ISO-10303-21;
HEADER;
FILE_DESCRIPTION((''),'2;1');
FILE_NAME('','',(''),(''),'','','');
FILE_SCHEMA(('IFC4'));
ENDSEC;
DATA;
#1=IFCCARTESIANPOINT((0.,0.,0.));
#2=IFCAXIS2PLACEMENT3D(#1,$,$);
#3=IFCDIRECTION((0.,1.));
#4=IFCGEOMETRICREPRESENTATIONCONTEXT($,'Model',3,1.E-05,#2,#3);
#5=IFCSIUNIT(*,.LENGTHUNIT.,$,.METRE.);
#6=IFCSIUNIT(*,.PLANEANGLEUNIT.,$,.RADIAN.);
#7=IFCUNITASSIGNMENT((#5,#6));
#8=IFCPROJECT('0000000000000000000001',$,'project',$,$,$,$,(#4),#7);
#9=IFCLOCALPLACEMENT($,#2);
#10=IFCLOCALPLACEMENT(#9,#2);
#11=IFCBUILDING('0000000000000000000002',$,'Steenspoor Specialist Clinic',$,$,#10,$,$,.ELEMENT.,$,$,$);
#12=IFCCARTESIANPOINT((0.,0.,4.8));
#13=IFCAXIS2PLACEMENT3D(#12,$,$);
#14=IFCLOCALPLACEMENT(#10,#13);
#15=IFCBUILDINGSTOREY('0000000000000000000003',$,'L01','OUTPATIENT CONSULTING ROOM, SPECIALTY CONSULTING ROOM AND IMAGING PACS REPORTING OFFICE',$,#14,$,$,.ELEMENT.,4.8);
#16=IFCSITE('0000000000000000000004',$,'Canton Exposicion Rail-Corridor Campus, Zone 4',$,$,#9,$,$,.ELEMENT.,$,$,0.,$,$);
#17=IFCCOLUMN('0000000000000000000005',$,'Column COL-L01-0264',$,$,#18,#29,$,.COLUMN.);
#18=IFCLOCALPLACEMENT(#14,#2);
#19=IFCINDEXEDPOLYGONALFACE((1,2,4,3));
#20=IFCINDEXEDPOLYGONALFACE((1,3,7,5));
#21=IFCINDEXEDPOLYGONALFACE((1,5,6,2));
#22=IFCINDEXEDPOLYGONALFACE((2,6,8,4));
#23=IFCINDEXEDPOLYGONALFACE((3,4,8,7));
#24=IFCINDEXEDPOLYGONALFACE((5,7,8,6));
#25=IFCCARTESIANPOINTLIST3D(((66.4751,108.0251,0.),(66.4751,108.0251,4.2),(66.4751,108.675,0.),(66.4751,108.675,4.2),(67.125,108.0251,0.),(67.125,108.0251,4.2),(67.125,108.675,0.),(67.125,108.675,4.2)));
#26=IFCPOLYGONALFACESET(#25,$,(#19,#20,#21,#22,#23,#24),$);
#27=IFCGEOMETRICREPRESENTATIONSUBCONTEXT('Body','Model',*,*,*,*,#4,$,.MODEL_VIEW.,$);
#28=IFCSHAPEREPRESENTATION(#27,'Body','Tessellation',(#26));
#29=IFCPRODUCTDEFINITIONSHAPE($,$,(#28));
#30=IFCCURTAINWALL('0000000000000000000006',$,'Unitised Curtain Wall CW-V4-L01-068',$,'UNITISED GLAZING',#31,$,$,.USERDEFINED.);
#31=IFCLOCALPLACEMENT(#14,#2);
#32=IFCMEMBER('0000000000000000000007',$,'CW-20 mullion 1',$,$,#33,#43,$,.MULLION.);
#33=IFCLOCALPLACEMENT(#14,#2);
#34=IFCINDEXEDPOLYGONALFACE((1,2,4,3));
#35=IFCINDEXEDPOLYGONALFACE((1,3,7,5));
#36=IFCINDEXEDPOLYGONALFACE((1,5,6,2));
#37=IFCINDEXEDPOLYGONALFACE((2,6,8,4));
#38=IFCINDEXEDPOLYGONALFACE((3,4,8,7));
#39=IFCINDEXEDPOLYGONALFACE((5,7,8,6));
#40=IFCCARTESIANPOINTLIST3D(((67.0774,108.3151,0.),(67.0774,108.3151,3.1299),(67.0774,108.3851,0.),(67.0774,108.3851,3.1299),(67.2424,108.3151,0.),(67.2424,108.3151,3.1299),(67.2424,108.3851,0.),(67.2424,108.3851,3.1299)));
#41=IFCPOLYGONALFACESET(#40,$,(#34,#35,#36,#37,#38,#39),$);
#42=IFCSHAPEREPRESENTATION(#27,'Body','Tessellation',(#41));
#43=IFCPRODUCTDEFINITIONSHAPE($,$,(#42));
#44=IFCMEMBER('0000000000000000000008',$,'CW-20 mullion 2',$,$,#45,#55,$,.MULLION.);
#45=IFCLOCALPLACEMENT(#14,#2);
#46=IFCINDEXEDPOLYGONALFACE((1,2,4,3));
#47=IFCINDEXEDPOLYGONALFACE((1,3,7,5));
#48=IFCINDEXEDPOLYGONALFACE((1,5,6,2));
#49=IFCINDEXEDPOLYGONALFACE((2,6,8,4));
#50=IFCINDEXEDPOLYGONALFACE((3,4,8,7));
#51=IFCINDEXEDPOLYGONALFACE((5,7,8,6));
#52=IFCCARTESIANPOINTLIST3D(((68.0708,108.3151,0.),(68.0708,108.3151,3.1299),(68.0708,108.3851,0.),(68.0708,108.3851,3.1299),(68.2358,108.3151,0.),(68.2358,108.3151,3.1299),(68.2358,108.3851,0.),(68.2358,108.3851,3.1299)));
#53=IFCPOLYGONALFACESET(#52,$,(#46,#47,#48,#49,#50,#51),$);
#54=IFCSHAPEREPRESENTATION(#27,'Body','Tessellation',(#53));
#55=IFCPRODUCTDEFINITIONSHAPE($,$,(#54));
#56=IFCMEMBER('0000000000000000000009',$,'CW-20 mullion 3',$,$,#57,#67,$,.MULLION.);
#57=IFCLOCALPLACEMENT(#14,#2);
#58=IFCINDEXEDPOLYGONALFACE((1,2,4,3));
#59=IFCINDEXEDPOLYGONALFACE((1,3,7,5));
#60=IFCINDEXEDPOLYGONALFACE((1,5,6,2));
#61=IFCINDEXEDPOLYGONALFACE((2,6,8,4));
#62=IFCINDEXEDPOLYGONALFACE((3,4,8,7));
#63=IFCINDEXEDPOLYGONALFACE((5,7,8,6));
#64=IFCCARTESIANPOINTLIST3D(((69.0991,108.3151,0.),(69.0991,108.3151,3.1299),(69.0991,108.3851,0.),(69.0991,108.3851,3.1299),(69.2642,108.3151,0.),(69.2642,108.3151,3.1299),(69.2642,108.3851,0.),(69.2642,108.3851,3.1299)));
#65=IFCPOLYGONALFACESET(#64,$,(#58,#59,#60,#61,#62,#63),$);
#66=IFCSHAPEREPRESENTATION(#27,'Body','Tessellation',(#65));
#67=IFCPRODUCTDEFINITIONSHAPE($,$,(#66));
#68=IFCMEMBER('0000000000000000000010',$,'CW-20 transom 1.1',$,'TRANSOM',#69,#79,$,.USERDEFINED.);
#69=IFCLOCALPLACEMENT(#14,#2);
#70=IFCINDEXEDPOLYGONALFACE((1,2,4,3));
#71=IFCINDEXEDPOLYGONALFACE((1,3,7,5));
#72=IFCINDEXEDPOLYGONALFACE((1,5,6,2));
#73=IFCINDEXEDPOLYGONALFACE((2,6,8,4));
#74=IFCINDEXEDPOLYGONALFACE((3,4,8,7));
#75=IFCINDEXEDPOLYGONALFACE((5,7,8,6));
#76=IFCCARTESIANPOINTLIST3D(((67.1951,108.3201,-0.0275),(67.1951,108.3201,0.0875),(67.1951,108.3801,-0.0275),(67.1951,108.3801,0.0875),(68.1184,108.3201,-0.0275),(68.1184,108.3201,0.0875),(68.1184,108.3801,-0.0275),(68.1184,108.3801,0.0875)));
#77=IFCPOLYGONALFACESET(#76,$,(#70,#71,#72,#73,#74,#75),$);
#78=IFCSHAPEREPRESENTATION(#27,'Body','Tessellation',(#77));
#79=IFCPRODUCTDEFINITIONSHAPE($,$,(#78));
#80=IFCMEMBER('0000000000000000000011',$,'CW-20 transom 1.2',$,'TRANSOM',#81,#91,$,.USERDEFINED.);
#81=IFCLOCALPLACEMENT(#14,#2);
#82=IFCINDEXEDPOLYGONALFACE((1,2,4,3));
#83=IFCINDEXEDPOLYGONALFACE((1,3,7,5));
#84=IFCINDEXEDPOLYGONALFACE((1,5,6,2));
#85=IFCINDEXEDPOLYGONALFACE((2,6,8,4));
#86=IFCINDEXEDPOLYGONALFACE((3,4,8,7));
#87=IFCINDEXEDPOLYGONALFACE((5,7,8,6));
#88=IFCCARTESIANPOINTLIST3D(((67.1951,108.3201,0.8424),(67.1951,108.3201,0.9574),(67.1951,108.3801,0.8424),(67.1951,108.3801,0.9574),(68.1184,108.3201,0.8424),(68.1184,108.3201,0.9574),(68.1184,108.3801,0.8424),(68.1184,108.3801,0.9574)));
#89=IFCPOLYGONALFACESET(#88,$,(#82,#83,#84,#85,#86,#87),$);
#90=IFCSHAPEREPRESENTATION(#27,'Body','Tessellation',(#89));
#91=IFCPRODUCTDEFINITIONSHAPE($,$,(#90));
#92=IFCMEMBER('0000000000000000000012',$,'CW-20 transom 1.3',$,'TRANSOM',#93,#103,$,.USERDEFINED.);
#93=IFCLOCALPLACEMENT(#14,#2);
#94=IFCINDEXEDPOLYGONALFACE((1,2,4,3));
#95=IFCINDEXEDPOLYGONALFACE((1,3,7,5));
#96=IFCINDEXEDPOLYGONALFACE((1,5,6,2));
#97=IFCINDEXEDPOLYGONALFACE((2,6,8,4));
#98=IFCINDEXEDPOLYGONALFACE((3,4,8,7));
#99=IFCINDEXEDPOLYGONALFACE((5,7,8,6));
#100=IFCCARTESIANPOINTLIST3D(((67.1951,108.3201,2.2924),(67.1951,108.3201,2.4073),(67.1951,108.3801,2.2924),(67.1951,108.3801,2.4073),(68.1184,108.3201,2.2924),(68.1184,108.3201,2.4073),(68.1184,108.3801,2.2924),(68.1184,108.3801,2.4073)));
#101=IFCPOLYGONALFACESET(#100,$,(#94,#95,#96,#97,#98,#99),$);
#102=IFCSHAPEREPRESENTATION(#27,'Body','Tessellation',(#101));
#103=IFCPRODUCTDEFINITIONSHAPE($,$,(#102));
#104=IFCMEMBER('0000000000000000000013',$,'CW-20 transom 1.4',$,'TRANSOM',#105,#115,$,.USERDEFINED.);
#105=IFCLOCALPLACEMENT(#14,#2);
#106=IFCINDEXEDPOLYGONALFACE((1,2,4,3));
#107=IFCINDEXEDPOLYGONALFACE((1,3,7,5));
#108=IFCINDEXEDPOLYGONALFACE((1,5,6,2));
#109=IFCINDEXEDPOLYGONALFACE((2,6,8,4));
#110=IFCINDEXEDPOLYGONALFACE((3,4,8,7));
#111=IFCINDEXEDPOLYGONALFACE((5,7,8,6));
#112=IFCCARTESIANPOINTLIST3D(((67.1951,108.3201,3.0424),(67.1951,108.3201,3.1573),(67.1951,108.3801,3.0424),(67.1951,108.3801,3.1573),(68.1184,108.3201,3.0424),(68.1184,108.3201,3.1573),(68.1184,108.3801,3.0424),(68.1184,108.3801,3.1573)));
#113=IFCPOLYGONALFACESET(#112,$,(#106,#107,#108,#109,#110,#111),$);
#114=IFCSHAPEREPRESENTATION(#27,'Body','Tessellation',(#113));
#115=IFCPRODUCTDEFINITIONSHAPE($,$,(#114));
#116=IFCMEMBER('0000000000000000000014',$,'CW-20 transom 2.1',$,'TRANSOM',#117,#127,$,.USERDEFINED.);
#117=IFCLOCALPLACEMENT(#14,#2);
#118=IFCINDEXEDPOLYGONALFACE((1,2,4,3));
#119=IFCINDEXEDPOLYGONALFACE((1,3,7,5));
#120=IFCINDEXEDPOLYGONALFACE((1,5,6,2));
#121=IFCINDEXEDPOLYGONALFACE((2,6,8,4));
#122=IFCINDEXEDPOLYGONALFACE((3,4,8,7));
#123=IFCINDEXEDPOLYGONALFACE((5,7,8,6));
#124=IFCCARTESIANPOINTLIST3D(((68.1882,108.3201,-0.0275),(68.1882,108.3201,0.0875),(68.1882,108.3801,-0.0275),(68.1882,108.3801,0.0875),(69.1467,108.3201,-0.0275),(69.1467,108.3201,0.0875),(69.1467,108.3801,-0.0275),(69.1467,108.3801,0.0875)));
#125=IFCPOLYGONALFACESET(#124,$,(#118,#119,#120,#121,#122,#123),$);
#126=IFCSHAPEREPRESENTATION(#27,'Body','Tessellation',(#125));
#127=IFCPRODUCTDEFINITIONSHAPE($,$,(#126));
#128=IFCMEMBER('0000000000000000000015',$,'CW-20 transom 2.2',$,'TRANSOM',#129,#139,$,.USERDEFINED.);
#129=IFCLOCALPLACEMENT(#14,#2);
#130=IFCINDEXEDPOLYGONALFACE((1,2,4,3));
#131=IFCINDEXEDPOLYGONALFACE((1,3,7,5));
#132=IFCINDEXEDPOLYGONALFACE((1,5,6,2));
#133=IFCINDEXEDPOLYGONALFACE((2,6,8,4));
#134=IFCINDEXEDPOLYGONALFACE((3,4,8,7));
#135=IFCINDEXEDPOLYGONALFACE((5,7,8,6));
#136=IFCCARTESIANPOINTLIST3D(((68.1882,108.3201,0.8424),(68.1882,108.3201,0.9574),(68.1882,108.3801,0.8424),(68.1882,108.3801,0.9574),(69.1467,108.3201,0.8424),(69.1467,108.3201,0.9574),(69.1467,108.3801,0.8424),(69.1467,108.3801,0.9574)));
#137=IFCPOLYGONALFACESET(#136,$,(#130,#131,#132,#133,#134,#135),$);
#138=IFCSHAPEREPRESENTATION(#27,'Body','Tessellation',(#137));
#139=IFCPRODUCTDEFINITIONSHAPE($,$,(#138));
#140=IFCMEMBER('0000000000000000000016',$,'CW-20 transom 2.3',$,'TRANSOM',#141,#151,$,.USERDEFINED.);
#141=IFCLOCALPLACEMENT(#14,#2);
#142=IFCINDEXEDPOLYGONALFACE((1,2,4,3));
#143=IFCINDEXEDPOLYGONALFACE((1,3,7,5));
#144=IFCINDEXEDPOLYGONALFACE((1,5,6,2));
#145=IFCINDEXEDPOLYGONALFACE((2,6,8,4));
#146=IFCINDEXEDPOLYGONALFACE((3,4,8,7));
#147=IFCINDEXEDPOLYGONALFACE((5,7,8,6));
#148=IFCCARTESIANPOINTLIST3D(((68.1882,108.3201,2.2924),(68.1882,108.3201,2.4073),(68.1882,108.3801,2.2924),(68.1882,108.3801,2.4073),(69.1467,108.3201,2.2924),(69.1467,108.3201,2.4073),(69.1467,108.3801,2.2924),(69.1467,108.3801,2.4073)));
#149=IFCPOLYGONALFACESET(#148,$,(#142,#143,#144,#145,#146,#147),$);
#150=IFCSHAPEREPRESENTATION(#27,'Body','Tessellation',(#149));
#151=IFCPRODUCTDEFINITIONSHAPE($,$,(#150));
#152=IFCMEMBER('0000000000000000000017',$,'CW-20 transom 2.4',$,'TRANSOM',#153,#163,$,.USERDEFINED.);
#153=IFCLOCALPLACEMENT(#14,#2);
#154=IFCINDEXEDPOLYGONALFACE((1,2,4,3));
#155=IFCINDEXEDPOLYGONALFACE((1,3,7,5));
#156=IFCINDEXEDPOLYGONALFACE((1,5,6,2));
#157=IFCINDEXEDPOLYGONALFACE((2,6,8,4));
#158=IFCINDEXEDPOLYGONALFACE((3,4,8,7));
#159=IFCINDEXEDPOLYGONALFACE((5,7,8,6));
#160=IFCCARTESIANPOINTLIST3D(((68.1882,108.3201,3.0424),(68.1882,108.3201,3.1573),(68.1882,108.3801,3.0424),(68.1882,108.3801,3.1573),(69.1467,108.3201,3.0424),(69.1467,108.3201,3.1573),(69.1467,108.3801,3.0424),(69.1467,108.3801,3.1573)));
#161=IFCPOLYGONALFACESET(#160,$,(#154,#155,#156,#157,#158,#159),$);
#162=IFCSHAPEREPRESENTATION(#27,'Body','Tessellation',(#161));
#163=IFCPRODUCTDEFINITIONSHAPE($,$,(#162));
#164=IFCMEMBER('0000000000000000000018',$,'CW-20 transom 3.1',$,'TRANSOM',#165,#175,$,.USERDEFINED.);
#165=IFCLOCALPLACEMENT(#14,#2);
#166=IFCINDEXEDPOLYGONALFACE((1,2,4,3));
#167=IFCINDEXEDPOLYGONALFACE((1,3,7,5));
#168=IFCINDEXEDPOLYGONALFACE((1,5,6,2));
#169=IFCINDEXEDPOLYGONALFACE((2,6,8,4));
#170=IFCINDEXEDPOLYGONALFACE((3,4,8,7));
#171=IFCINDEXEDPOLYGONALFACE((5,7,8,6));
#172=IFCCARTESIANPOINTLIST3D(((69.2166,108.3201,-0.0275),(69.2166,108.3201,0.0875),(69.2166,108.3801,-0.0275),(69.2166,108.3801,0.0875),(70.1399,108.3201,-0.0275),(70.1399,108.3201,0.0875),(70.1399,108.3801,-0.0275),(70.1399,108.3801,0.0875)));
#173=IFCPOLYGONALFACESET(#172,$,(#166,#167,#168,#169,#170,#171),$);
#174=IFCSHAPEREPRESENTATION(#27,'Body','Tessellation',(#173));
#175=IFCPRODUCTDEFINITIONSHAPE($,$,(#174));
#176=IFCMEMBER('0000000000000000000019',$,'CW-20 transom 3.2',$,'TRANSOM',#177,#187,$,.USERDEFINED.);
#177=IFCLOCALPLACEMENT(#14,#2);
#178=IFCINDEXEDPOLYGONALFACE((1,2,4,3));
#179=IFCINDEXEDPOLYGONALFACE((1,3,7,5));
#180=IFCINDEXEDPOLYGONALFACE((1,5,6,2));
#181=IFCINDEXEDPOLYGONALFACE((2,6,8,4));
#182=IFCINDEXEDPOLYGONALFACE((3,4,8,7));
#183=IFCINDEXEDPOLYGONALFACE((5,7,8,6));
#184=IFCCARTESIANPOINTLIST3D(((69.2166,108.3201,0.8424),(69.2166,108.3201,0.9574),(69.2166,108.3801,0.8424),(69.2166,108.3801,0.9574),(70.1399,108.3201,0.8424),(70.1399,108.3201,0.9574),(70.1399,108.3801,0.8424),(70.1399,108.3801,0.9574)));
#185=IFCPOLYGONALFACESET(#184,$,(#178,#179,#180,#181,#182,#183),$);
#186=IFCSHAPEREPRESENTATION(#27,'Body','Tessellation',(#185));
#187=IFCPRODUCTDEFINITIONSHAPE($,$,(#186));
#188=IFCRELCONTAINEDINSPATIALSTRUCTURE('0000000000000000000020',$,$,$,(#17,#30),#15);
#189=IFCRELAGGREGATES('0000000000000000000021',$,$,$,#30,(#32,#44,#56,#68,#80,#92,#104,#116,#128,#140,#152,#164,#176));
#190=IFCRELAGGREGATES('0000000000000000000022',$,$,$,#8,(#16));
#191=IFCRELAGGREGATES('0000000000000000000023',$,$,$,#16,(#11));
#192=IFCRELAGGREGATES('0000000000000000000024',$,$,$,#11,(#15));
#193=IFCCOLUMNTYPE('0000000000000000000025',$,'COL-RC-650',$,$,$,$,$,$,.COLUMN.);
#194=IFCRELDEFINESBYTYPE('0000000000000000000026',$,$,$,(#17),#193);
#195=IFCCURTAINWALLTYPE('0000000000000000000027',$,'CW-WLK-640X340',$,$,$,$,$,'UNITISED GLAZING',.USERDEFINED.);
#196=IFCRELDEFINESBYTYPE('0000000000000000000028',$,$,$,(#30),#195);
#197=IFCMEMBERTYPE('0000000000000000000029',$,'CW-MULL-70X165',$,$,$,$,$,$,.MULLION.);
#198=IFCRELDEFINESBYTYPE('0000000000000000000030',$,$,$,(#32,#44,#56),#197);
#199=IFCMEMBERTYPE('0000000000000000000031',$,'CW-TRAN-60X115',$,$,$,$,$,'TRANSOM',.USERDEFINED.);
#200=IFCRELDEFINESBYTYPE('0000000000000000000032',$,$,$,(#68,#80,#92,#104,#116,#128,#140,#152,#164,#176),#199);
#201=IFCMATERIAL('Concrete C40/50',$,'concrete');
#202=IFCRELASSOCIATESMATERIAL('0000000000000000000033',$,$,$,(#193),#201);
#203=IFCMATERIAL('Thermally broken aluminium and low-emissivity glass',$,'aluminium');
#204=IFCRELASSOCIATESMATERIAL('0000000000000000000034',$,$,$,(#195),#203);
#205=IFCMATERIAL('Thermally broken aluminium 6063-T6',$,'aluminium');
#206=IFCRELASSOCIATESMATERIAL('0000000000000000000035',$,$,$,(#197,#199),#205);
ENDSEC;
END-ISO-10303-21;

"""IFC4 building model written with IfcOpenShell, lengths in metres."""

from ifc_helpers import new_model, si_unit, direction, frame, origin, origin_2d, place, context, subcontext, project, spatial, rectangle, extrude, material, material_profile, profile_set, type_object, element, aggregate, save


model = new_model("IFC4")

# Units and contexts
model_context = context("Model", 3, precision=1e-05, world=origin(), true_north=direction((0.0, 1.0)))
body_context = subcontext(model_context, "Body", "Model", "MODEL_VIEW")
ifc_project = project(units=[si_unit("LENGTHUNIT", "METRE"), si_unit("PLANEANGLEUNIT", "RADIAN")], contexts=[model_context])

# Site, building, storey
site_placement = place(None, origin())
site = spatial("IfcSite", under=ifc_project, at=site_placement, Name="Canton Exposicion Rail-Corridor Campus, Zone 4", CompositionType="ELEMENT", RefElevation=0.0)
building_placement = place(site_placement, origin())
building = spatial("IfcBuilding", under=site, at=building_placement, Name="Steenspoor Specialist Clinic", CompositionType="ELEMENT")
storey_placement = place(building_placement, frame((0.0, 0.0, 4.8)))
storey = spatial("IfcBuildingStorey", under=building, at=storey_placement, Name="L01", Description="OUTPATIENT CONSULTING ROOM, SPECIALTY CONSULTING ROOM AND IMAGING PACS REPORTING OFFICE", CompositionType="ELEMENT", Elevation=4.8)

# Column
ifc_material_1 = material(Name="Concrete C40/50", Category="concrete")
ifc_material_profile_1 = material_profile(ifc_material_1, rectangle(XDim=0.6499, YDim=0.6499, at=origin_2d()), Name="RC-COL-650X650")
ifc_profile_set_1 = profile_set([ifc_material_profile_1], Name="Concrete C40/50")
column_type = type_object("IfcColumnType", Name="COL-RC-650", PredefinedType="COLUMN", material=ifc_profile_set_1)
column_placement = place(storey_placement, frame((66.8, 108.3501, 0.0), z_axis=(0.0, 0.0, 1.0), x_axis=(1.0, 0.0, 0.0)))
element("IfcColumn", 1, at=column_placement, inside=storey, type_object=column_type, Name="Column COL-L01-0264", PredefinedType="COLUMN", context=body_context, shape_type="SweptSolid", body=[
    extrude(rectangle(XDim=0.6499, YDim=0.6499, at=origin_2d()), origin(), (0.0, 0.0, 1.0), 4.2),
])

# Curtain wall, members
ifc_material_2 = material(Name="Thermally broken aluminium and low-emissivity glass", Category="aluminium")
curtain_wall_type = type_object("IfcCurtainWallType", Name="CW-WLK-640X340", ElementType="UNITISED GLAZING", PredefinedType="USERDEFINED", material=ifc_material_2)
curtain_wall_placement = place(storey_placement, origin())
curtain_wall = element("IfcCurtainWall", 2, at=curtain_wall_placement, inside=storey, type_object=curtain_wall_type, Name="Unitised Curtain Wall CW-V4-L01-068", ObjectType="UNITISED GLAZING", PredefinedType="USERDEFINED")
ifc_material_3 = material(Name="Thermally broken aluminium 6063-T6", Category="aluminium")
ifc_material_profile_2 = material_profile(ifc_material_3, rectangle(XDim=0.0701, YDim=0.165, at=origin_2d()), Name="CWM-70X165")
ifc_profile_set_2 = profile_set([ifc_material_profile_2], Name="Thermally broken aluminium 6063-T6")
member_type_1 = type_object("IfcMemberType", Name="CW-MULL-70X165", PredefinedType="MULLION", material=ifc_profile_set_2)
member_1_placement = place(storey_placement, frame((67.1599, 108.3501, 0.0), z_axis=(0.0, 0.0, 1.0), x_axis=(0.0, 1.0, 0.0)))
member_1 = element("IfcMember", 3, at=member_1_placement, type_object=member_type_1, Name="CW-20 mullion 1", PredefinedType="MULLION", context=body_context, shape_type="SweptSolid", body=[
    extrude(rectangle(XDim=0.0701, YDim=0.165, at=origin_2d()), origin(), (0.0, 0.0, 1.0), 3.1299),
])
member_2_placement = place(storey_placement, frame((68.1533, 108.3501, 0.0), z_axis=(0.0, 0.0, 1.0), x_axis=(0.0, 1.0, 0.0)))
member_2 = element("IfcMember", 4, at=member_2_placement, type_object=member_type_1, Name="CW-20 mullion 2", PredefinedType="MULLION", context=body_context, shape_type="SweptSolid", body=[
    extrude(rectangle(XDim=0.0701, YDim=0.165, at=origin_2d()), origin(), (0.0, 0.0, 1.0), 3.1299),
])
member_3_placement = place(storey_placement, frame((69.1816, 108.3501, 0.0), z_axis=(0.0, 0.0, 1.0), x_axis=(0.0, 1.0, 0.0)))
member_3 = element("IfcMember", 5, at=member_3_placement, type_object=member_type_1, Name="CW-20 mullion 3", PredefinedType="MULLION", context=body_context, shape_type="SweptSolid", body=[
    extrude(rectangle(XDim=0.0701, YDim=0.165, at=origin_2d()), origin(), (0.0, 0.0, 1.0), 3.1299),
])
ifc_material_profile_3 = material_profile(ifc_material_3, rectangle(XDim=0.0601, YDim=0.115, at=origin_2d()), Name="CWT-60X115")
ifc_profile_set_3 = profile_set([ifc_material_profile_3], Name="Thermally broken aluminium 6063-T6")
member_type_2 = type_object("IfcMemberType", Name="CW-TRAN-60X115", ElementType="TRANSOM", PredefinedType="USERDEFINED", material=ifc_profile_set_3)
member_4_placement = place(storey_placement, frame((67.1951, 108.3501, 0.03), z_axis=(1.0, 0.0, 0.0), x_axis=(0.0, 1.0, 0.0)))
member_4 = element("IfcMember", 6, at=member_4_placement, type_object=member_type_2, Name="CW-20 transom 1.1", ObjectType="TRANSOM", PredefinedType="USERDEFINED", context=body_context, shape_type="SweptSolid", body=[
    extrude(rectangle(XDim=0.0601, YDim=0.115, at=origin_2d()), origin(), (0.0, 0.0, 1.0), 0.9233),
])
member_5_placement = place(storey_placement, frame((67.1951, 108.3501, 0.8999), z_axis=(1.0, 0.0, 0.0), x_axis=(0.0, 1.0, 0.0)))
member_5 = element("IfcMember", 7, at=member_5_placement, type_object=member_type_2, Name="CW-20 transom 1.2", ObjectType="TRANSOM", PredefinedType="USERDEFINED", context=body_context, shape_type="SweptSolid", body=[
    extrude(rectangle(XDim=0.0601, YDim=0.115, at=origin_2d()), origin(), (0.0, 0.0, 1.0), 0.9233),
])
member_6_placement = place(storey_placement, frame((67.1951, 108.3501, 2.3499), z_axis=(1.0, 0.0, 0.0), x_axis=(0.0, 1.0, 0.0)))
member_6 = element("IfcMember", 8, at=member_6_placement, type_object=member_type_2, Name="CW-20 transom 1.3", ObjectType="TRANSOM", PredefinedType="USERDEFINED", context=body_context, shape_type="SweptSolid", body=[
    extrude(rectangle(XDim=0.0601, YDim=0.115, at=origin_2d()), origin(), (0.0, 0.0, 1.0), 0.9233),
])
member_7_placement = place(storey_placement, frame((67.1951, 108.3501, 3.0999), z_axis=(1.0, 0.0, 0.0), x_axis=(0.0, 1.0, 0.0)))
member_7 = element("IfcMember", 9, at=member_7_placement, type_object=member_type_2, Name="CW-20 transom 1.4", ObjectType="TRANSOM", PredefinedType="USERDEFINED", context=body_context, shape_type="SweptSolid", body=[
    extrude(rectangle(XDim=0.0601, YDim=0.115, at=origin_2d()), origin(), (0.0, 0.0, 1.0), 0.9233),
])
member_8_placement = place(storey_placement, frame((68.1882, 108.3501, 0.03), z_axis=(1.0, 0.0, 0.0), x_axis=(0.0, 1.0, 0.0)))
member_8 = element("IfcMember", 10, at=member_8_placement, type_object=member_type_2, Name="CW-20 transom 2.1", ObjectType="TRANSOM", PredefinedType="USERDEFINED", context=body_context, shape_type="SweptSolid", body=[
    extrude(rectangle(XDim=0.0601, YDim=0.115, at=origin_2d()), origin(), (0.0, 0.0, 1.0), 0.9585),
])
member_9_placement = place(storey_placement, frame((68.1882, 108.3501, 0.8999), z_axis=(1.0, 0.0, 0.0), x_axis=(0.0, 1.0, 0.0)))
member_9 = element("IfcMember", 11, at=member_9_placement, type_object=member_type_2, Name="CW-20 transom 2.2", ObjectType="TRANSOM", PredefinedType="USERDEFINED", context=body_context, shape_type="SweptSolid", body=[
    extrude(rectangle(XDim=0.0601, YDim=0.115, at=origin_2d()), origin(), (0.0, 0.0, 1.0), 0.9585),
])
member_10_placement = place(storey_placement, frame((68.1882, 108.3501, 2.3499), z_axis=(1.0, 0.0, 0.0), x_axis=(0.0, 1.0, 0.0)))
member_10 = element("IfcMember", 12, at=member_10_placement, type_object=member_type_2, Name="CW-20 transom 2.3", ObjectType="TRANSOM", PredefinedType="USERDEFINED", context=body_context, shape_type="SweptSolid", body=[
    extrude(rectangle(XDim=0.0601, YDim=0.115, at=origin_2d()), origin(), (0.0, 0.0, 1.0), 0.9585),
])
member_11_placement = place(storey_placement, frame((68.1882, 108.3501, 3.0999), z_axis=(1.0, 0.0, 0.0), x_axis=(0.0, 1.0, 0.0)))
member_11 = element("IfcMember", 13, at=member_11_placement, type_object=member_type_2, Name="CW-20 transom 2.4", ObjectType="TRANSOM", PredefinedType="USERDEFINED", context=body_context, shape_type="SweptSolid", body=[
    extrude(rectangle(XDim=0.0601, YDim=0.115, at=origin_2d()), origin(), (0.0, 0.0, 1.0), 0.9585),
])
member_12_placement = place(storey_placement, frame((69.2166, 108.3501, 0.03), z_axis=(1.0, 0.0, 0.0), x_axis=(0.0, 1.0, 0.0)))
member_12 = element("IfcMember", 14, at=member_12_placement, type_object=member_type_2, Name="CW-20 transom 3.1", ObjectType="TRANSOM", PredefinedType="USERDEFINED", context=body_context, shape_type="SweptSolid", body=[
    extrude(rectangle(XDim=0.0601, YDim=0.115, at=origin_2d()), origin(), (0.0, 0.0, 1.0), 0.9233),
])
member_13_placement = place(storey_placement, frame((69.2166, 108.3501, 0.8999), z_axis=(1.0, 0.0, 0.0), x_axis=(0.0, 1.0, 0.0)))
member_13 = element("IfcMember", 15, at=member_13_placement, type_object=member_type_2, Name="CW-20 transom 3.2", ObjectType="TRANSOM", PredefinedType="USERDEFINED", context=body_context, shape_type="SweptSolid", body=[
    extrude(rectangle(XDim=0.0601, YDim=0.115, at=origin_2d()), origin(), (0.0, 0.0, 1.0), 0.9233),
])

aggregate(curtain_wall, [member_1, member_2, member_3, member_4, member_5, member_6, member_7, member_8, member_9, member_10, member_11, member_12, member_13])

save(model, "model.ifc")
